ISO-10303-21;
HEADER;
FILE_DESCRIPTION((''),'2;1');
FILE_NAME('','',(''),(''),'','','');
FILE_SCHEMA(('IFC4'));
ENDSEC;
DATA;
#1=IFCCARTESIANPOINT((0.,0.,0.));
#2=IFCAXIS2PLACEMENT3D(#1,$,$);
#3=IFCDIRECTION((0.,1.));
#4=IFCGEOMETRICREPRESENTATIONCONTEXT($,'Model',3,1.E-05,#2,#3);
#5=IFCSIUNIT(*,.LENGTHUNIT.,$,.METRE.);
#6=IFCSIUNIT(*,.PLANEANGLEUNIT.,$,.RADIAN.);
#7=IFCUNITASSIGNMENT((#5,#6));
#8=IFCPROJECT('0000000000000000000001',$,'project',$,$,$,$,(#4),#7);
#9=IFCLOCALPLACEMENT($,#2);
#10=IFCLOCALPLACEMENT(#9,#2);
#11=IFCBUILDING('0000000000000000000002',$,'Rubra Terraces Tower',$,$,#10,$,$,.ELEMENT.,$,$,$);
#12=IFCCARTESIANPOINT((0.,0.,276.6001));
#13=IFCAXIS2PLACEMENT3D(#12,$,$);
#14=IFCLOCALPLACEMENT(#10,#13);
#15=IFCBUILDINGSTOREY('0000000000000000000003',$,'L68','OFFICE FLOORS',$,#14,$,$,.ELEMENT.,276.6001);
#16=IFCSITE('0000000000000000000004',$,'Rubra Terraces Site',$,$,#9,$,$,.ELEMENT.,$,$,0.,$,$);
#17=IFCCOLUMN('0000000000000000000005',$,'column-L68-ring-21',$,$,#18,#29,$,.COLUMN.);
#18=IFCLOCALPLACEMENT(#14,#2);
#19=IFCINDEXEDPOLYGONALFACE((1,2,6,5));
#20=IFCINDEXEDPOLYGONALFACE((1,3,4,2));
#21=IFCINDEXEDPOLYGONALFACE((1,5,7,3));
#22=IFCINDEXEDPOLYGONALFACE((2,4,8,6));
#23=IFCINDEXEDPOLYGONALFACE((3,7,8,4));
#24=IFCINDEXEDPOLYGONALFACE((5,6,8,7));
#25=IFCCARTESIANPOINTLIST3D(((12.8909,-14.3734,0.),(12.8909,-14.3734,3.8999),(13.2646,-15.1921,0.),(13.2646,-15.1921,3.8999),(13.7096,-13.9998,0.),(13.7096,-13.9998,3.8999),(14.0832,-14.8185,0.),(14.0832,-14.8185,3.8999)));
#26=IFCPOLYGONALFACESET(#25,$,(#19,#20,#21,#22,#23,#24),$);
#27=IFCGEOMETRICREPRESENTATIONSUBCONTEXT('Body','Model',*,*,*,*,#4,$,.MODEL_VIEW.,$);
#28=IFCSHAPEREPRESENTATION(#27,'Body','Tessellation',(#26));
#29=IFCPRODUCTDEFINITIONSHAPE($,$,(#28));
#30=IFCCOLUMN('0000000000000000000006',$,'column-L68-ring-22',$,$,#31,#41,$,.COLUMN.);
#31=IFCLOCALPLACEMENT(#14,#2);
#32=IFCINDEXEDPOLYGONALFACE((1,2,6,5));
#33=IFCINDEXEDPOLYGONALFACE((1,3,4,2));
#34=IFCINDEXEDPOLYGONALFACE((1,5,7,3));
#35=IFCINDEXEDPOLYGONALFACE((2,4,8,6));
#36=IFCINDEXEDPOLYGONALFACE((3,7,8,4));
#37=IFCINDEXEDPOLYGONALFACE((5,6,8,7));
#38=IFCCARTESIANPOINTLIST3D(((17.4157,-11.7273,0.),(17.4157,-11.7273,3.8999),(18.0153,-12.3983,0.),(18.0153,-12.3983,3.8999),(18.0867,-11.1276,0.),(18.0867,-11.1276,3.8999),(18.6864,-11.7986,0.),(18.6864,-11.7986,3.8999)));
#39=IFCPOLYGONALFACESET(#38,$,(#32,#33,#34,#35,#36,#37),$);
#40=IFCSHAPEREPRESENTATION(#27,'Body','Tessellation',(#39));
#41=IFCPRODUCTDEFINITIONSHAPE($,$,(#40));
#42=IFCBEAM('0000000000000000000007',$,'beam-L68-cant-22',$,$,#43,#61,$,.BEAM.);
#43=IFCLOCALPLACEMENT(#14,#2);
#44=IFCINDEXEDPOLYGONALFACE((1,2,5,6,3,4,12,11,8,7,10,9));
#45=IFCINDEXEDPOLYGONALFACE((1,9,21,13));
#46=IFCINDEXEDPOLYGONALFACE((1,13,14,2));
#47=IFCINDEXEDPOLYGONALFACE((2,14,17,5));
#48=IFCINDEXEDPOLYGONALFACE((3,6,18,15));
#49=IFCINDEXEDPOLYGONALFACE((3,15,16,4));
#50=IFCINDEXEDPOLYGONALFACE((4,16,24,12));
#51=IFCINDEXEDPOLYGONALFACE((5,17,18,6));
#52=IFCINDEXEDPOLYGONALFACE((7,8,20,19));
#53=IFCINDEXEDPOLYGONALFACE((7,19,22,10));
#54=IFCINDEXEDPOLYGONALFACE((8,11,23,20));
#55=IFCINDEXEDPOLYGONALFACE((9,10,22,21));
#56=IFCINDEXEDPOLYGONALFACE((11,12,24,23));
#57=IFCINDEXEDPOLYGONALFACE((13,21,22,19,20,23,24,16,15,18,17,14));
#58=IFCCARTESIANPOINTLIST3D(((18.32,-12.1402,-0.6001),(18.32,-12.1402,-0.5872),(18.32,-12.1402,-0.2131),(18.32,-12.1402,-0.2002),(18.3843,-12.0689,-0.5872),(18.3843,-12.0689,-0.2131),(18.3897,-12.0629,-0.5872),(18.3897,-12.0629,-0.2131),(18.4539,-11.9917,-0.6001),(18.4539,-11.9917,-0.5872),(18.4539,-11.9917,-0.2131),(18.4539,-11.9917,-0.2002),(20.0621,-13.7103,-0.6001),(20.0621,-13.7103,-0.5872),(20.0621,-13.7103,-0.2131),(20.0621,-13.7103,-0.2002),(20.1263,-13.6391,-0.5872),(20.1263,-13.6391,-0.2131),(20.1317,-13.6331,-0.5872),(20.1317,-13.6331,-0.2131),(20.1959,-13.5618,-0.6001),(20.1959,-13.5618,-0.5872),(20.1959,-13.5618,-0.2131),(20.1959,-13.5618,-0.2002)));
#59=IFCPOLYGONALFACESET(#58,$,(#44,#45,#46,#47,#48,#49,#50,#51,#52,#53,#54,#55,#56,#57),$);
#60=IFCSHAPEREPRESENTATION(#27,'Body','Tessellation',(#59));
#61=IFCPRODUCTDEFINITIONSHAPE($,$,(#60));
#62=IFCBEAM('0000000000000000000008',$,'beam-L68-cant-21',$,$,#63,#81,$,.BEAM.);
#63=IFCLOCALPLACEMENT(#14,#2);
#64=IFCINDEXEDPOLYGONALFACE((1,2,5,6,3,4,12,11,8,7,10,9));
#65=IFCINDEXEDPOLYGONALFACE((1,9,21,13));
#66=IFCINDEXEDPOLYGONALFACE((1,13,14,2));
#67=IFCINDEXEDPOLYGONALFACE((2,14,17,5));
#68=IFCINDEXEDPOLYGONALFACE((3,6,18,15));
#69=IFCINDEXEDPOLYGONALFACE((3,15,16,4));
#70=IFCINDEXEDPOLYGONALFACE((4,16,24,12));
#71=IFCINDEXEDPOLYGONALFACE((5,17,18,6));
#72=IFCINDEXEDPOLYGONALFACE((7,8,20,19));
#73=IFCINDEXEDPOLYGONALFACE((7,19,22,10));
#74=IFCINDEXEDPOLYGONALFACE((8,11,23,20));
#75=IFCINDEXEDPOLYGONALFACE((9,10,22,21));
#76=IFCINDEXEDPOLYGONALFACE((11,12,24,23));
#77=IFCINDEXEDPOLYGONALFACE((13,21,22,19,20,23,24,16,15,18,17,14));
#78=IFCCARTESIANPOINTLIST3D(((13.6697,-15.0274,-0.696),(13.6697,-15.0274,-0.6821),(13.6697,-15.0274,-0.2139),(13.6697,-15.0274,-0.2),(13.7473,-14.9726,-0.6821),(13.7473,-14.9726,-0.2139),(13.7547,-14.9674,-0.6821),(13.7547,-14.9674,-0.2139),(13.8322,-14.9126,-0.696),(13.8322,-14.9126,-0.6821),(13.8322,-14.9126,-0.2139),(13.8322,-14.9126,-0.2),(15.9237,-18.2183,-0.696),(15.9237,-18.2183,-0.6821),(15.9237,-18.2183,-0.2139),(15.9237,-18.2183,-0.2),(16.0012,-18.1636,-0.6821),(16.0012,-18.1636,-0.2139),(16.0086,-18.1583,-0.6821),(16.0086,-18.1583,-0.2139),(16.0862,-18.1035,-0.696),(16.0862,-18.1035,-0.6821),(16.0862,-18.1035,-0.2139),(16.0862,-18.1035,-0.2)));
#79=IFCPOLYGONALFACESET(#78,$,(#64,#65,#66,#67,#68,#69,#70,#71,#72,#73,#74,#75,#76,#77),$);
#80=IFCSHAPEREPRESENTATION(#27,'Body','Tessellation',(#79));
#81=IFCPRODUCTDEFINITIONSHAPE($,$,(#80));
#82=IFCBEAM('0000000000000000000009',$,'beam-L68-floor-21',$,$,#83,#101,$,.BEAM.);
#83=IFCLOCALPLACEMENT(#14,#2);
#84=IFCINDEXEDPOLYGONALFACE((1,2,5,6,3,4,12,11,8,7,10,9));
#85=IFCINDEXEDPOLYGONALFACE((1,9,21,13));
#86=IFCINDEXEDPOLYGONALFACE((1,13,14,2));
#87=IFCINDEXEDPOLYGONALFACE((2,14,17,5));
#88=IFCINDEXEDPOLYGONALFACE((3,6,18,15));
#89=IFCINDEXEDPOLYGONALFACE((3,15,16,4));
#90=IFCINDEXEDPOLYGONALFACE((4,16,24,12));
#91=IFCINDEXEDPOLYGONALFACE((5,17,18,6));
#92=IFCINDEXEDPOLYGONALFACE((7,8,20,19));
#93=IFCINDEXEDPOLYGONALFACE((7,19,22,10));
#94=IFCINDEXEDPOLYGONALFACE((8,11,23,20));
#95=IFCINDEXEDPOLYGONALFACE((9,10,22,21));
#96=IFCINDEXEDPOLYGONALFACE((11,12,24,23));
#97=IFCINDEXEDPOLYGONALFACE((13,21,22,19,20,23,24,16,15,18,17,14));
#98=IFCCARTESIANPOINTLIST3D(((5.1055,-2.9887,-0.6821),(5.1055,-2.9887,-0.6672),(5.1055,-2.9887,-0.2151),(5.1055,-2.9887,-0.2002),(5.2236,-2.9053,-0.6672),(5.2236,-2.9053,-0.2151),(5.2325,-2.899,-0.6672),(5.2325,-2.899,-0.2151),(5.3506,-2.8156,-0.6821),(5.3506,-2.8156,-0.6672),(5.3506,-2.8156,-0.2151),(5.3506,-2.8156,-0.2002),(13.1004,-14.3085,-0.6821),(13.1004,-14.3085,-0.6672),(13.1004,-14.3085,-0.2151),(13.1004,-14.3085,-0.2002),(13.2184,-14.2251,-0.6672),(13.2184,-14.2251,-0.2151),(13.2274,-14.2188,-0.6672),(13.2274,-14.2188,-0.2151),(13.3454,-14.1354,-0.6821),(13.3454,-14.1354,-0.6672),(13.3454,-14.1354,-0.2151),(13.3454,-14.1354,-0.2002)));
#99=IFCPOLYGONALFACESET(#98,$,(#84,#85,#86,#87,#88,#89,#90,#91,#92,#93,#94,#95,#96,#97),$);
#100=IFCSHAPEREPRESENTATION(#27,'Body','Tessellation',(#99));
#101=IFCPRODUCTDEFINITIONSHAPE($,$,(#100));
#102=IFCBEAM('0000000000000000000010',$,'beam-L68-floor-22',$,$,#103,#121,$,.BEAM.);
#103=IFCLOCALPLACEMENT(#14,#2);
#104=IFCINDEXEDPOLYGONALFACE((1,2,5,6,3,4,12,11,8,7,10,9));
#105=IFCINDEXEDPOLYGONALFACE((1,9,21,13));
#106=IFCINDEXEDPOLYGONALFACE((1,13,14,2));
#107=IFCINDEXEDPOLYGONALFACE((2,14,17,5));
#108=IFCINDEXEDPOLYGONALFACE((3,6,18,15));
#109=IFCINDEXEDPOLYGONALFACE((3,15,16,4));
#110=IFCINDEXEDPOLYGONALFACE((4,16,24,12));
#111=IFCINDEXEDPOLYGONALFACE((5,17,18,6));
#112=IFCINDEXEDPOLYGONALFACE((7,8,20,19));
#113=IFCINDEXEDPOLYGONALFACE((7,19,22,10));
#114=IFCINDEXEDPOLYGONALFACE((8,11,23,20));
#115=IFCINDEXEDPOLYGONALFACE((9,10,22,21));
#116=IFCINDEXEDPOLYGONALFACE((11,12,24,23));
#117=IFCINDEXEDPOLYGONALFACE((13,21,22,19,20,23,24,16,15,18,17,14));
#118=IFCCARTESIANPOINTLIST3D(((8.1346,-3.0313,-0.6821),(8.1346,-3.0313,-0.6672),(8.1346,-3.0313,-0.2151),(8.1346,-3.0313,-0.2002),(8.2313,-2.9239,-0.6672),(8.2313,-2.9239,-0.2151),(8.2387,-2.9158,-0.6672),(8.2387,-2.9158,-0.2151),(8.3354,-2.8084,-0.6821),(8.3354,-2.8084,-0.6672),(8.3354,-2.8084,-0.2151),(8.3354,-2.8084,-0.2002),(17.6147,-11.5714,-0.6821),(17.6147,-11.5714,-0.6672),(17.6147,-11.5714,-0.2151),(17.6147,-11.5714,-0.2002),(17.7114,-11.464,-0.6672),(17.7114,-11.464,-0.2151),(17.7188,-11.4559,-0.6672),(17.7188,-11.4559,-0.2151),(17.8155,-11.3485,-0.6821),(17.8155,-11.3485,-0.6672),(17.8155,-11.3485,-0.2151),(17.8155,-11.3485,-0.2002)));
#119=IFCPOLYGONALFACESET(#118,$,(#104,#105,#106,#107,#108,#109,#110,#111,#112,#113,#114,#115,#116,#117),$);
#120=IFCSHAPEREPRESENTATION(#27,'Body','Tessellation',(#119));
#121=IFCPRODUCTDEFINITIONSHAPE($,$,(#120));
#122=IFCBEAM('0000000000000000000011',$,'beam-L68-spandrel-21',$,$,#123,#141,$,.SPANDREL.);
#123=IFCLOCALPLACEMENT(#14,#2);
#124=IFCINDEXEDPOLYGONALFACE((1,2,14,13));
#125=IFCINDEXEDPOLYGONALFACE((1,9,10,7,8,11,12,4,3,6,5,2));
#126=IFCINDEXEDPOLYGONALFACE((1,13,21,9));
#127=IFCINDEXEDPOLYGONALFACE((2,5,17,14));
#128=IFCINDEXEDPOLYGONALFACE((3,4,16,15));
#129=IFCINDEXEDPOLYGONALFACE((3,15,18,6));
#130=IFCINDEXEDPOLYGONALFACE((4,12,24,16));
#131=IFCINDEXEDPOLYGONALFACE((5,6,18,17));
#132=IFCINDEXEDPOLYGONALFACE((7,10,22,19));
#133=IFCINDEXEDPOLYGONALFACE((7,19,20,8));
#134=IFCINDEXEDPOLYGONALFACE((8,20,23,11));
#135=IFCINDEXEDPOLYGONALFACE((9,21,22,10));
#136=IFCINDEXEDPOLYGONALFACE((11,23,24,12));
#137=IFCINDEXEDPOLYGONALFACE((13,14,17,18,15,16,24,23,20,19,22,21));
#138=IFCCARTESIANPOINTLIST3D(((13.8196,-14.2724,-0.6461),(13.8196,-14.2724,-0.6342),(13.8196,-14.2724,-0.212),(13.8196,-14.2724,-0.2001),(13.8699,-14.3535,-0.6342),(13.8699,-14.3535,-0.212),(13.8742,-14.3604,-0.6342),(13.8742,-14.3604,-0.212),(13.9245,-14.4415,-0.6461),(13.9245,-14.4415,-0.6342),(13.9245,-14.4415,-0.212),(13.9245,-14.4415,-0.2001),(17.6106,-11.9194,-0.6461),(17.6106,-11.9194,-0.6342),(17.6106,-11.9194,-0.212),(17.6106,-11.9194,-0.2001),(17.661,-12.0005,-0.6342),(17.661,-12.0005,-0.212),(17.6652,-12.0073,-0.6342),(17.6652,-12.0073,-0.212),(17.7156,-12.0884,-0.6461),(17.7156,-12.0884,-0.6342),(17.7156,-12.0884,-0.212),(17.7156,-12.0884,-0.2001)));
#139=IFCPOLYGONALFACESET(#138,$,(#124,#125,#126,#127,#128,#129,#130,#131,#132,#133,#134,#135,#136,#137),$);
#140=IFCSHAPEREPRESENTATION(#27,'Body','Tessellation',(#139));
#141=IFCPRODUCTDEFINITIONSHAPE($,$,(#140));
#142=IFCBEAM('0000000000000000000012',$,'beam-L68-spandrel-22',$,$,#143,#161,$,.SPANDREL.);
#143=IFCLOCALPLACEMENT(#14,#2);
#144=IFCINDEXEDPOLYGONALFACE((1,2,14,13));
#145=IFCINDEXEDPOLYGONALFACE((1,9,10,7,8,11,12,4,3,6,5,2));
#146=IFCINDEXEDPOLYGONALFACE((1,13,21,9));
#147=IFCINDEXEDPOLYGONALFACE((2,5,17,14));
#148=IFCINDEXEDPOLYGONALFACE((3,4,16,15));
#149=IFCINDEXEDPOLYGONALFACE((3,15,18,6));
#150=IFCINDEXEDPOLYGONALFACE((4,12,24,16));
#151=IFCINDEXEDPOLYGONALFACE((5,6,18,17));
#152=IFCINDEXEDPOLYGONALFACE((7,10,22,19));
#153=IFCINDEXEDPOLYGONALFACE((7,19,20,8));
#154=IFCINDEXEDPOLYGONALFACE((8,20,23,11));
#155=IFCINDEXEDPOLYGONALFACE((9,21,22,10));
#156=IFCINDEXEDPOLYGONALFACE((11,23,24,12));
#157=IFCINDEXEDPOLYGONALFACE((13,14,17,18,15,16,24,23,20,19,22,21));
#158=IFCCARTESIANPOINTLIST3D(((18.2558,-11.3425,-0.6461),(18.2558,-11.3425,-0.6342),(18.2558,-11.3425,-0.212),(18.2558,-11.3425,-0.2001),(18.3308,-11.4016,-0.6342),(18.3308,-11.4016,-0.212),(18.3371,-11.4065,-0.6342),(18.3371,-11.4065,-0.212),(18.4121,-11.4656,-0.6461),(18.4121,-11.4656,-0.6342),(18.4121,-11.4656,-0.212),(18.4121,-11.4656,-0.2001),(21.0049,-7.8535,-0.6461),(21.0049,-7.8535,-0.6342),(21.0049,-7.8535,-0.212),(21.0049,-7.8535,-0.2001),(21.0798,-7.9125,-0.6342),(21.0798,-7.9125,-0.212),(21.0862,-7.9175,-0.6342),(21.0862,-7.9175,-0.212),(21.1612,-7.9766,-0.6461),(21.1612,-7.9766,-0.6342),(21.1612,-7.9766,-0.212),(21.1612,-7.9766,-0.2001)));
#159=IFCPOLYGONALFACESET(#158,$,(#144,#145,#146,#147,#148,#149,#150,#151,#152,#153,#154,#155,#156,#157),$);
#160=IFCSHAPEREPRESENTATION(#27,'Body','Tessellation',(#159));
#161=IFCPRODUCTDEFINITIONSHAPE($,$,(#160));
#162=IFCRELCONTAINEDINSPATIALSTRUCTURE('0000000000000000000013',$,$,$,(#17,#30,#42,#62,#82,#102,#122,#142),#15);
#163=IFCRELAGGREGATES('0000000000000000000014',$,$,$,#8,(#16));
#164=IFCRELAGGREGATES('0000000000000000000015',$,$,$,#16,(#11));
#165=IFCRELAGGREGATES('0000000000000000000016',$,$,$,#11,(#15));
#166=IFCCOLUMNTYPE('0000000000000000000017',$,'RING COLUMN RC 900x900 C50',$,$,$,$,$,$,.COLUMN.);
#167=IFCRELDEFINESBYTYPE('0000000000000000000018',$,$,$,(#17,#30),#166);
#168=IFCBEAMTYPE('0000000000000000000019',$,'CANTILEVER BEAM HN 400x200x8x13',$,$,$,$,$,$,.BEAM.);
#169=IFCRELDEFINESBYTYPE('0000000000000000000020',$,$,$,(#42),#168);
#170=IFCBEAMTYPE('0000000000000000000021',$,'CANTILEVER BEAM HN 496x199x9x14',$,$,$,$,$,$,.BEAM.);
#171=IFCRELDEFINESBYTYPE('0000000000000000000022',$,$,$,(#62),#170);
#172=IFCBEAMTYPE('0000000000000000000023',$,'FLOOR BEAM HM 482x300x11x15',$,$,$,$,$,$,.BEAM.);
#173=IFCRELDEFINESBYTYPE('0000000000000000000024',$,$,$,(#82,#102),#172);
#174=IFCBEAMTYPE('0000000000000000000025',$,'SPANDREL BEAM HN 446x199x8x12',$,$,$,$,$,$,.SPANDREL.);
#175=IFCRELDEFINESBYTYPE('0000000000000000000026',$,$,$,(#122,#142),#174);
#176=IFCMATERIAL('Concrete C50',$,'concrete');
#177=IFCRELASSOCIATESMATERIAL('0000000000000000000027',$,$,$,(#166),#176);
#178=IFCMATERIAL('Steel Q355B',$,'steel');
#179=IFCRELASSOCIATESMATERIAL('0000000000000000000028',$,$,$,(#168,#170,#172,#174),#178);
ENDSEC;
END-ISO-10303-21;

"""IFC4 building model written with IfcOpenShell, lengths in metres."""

from ifc_helpers import new_model, si_unit, direction, frame, origin, origin_2d, place, context, subcontext, project, spatial, rectangle, i_section, extrude, material, material_profile, profile_set, type_object, element, save


model = new_model("IFC4")

# Units and contexts
model_context = context("Model", 3, precision=1e-05, world=origin(), true_north=direction((0.0, 1.0)))
body_context = subcontext(model_context, "Body", "Model", "MODEL_VIEW")
ifc_project = project(units=[si_unit("LENGTHUNIT", "METRE"), si_unit("PLANEANGLEUNIT", "RADIAN")], contexts=[model_context])

# Site, building, storey
site_placement = place(None, origin())
site = spatial("IfcSite", under=ifc_project, at=site_placement, Name="Rubra Terraces Site", CompositionType="ELEMENT", RefElevation=0.0)
building_placement = place(site_placement, origin())
building = spatial("IfcBuilding", under=site, at=building_placement, Name="Rubra Terraces Tower", CompositionType="ELEMENT")
storey_placement = place(building_placement, frame((0.0, 0.0, 276.6001)))
storey = spatial("IfcBuildingStorey", under=building, at=storey_placement, Name="L68", Description="OFFICE FLOORS", CompositionType="ELEMENT", Elevation=276.6001)

# Columns
ifc_material_1 = material(Name="Concrete C50", Category="concrete")
ifc_material_profile_1 = material_profile(ifc_material_1, rectangle(XDim=0.8999, YDim=0.8999, at=origin_2d()), Name="RC 900x900")
ifc_profile_set_1 = profile_set([ifc_material_profile_1], Name="Concrete C50")
column_type = type_object("IfcColumnType", Name="RING COLUMN RC 900x900 C50", PredefinedType="COLUMN", material=ifc_profile_set_1)
for number, where, z_axis, x_axis, name in (
    (1, (13.4871, -14.5959, 0.0), (0.0, 0.0, 1.0), (0.909726, 0.415208, 0.0), "column-L68-ring-21"),
    (2, (18.051, -11.7629, 0.0), (0.0, 0.0, 1.0), (0.745642, 0.666347, 0.0), "column-L68-ring-22"),
):
    element("IfcColumn", number, at=place(storey_placement, frame(where, z_axis=z_axis, x_axis=x_axis)), inside=storey, type_object=column_type, Name=name, PredefinedType="COLUMN", context=body_context, shape_type="SweptSolid", body=[
        extrude(rectangle(XDim=0.8999, YDim=0.8999, at=origin_2d()), origin(), (0.0, 0.0, 1.0), 3.8999),
    ])

# Beams
ifc_material_2 = material(Name="Steel Q355B", Category="steel")
ifc_material_profile_2 = material_profile(ifc_material_2, i_section(OverallWidth=0.2, OverallDepth=0.3999, WebThickness=0.0081, FlangeThickness=0.0129, at=origin_2d()), Name="HN 400x200x8x13")
ifc_profile_set_2 = profile_set([ifc_material_profile_2], Name="Steel Q355B")
beam_type_1 = type_object("IfcBeamType", Name="CANTILEVER BEAM HN 400x200x8x13", PredefinedType="BEAM", material=ifc_profile_set_2)
beam_1_placement = place(storey_placement, frame((18.387, -12.0659, -0.4001), z_axis=(0.742802, -0.669511, 0.0), x_axis=(0.669511, 0.742802, 0.0)))
element("IfcBeam", 3, at=beam_1_placement, inside=storey, type_object=beam_type_1, Name="beam-L68-cant-22", PredefinedType="BEAM", context=body_context, shape_type="SweptSolid", body=[
    extrude(i_section(OverallWidth=0.2, OverallDepth=0.3999, WebThickness=0.0081, FlangeThickness=0.0129, at=origin_2d()), origin(), (0.0, 0.0, 1.0), 2.3452),
])
ifc_material_profile_3 = material_profile(ifc_material_2, i_section(OverallWidth=0.199, OverallDepth=0.4961, WebThickness=0.009, FlangeThickness=0.0139, at=origin_2d()), Name="HN 496x199x9x14")
ifc_profile_set_3 = profile_set([ifc_material_profile_3], Name="Steel Q355B")
beam_type_2 = type_object("IfcBeamType", Name="CANTILEVER BEAM HN 496x199x9x14", PredefinedType="BEAM", material=ifc_profile_set_3)
beam_2_placement = place(storey_placement, frame((13.751, -14.97, -0.448), z_axis=(0.576938, -0.816788, 0.0), x_axis=(0.816788, 0.576938, 0.0)))
element("IfcBeam", 4, at=beam_2_placement, inside=storey, type_object=beam_type_2, Name="beam-L68-cant-21", PredefinedType="BEAM", context=body_context, shape_type="SweptSolid", body=[
    extrude(i_section(OverallWidth=0.199, OverallDepth=0.4961, WebThickness=0.009, FlangeThickness=0.0139, at=origin_2d()), origin(), (0.0, 0.0, 1.0), 3.9067),
])
ifc_material_profile_4 = material_profile(ifc_material_2, i_section(OverallWidth=0.3, OverallDepth=0.4819, WebThickness=0.011, FlangeThickness=0.0149, at=origin_2d()), Name="HM 482x300x11x15")
ifc_profile_set_4 = profile_set([ifc_material_profile_4], Name="Steel Q355B")
beam_type_3 = type_object("IfcBeamType", Name="FLOOR BEAM HM 482x300x11x15", PredefinedType="BEAM", material=ifc_profile_set_4)
beam_3_placement = place(storey_placement, frame((13.2229, -14.2219, -0.4412), z_axis=(-0.576896, 0.816818, 0.0), x_axis=(-0.816818, -0.576896, 0.0)))
element("IfcBeam", 5, at=beam_3_placement, inside=storey, type_object=beam_type_3, Name="beam-L68-floor-21", PredefinedType="BEAM", context=body_context, shape_type="SweptSolid", body=[
    extrude(i_section(OverallWidth=0.3, OverallDepth=0.4819, WebThickness=0.011, FlangeThickness=0.0149, at=origin_2d()), origin(), (0.0, 0.0, 1.0), 13.8584),
])
beam_4_placement = place(storey_placement, frame((17.7151, -11.46, -0.4412), z_axis=(-0.74298, 0.669314, 0.0), x_axis=(-0.669314, -0.74298, 0.0)))
element("IfcBeam", 6, at=beam_4_placement, inside=storey, type_object=beam_type_3, Name="beam-L68-floor-22", PredefinedType="BEAM", context=body_context, shape_type="SweptSolid", body=[
    extrude(i_section(OverallWidth=0.3, OverallDepth=0.4819, WebThickness=0.011, FlangeThickness=0.0149, at=origin_2d()), origin(), (0.0, 0.0, 1.0), 12.7595),
])
ifc_material_profile_5 = material_profile(ifc_material_2, i_section(OverallWidth=0.199, OverallDepth=0.446, WebThickness=0.0081, FlangeThickness=0.012, at=origin_2d()), Name="HN 446x199x8x12")
ifc_profile_set_5 = profile_set([ifc_material_profile_5], Name="Steel Q355B")
beam_type_4 = type_object("IfcBeamType", Name="SPANDREL BEAM HN 446x199x8x12", PredefinedType="SPANDREL", material=ifc_profile_set_5)
beam_5_placement = place(storey_placement, frame((13.8721, -14.3569, -0.4231), z_axis=(0.849642, 0.52736, 0.0), x_axis=(-0.52736, 0.849642, 0.0)))
element("IfcBeam", 7, at=beam_5_placement, inside=storey, type_object=beam_type_4, Name="beam-L68-spandrel-21", PredefinedType="SPANDREL", context=body_context, shape_type="SweptSolid", body=[
    extrude(i_section(OverallWidth=0.199, OverallDepth=0.446, WebThickness=0.0081, FlangeThickness=0.012, at=origin_2d()), origin(), (0.0, 0.0, 1.0), 4.4619),
])
beam_6_placement = place(storey_placement, frame((18.334, -11.4041, -0.4231), z_axis=(0.618887, 0.78548, 0.0), x_axis=(-0.78548, 0.618887, 0.0)))
element("IfcBeam", 8, at=beam_6_placement, inside=storey, type_object=beam_type_4, Name="beam-L68-spandrel-22", PredefinedType="SPANDREL", context=body_context, shape_type="SweptSolid", body=[
    extrude(i_section(OverallWidth=0.199, OverallDepth=0.446, WebThickness=0.0081, FlangeThickness=0.012, at=origin_2d()), origin(), (0.0, 0.0, 1.0), 4.4419),
])

save(model, "model.ifc")
